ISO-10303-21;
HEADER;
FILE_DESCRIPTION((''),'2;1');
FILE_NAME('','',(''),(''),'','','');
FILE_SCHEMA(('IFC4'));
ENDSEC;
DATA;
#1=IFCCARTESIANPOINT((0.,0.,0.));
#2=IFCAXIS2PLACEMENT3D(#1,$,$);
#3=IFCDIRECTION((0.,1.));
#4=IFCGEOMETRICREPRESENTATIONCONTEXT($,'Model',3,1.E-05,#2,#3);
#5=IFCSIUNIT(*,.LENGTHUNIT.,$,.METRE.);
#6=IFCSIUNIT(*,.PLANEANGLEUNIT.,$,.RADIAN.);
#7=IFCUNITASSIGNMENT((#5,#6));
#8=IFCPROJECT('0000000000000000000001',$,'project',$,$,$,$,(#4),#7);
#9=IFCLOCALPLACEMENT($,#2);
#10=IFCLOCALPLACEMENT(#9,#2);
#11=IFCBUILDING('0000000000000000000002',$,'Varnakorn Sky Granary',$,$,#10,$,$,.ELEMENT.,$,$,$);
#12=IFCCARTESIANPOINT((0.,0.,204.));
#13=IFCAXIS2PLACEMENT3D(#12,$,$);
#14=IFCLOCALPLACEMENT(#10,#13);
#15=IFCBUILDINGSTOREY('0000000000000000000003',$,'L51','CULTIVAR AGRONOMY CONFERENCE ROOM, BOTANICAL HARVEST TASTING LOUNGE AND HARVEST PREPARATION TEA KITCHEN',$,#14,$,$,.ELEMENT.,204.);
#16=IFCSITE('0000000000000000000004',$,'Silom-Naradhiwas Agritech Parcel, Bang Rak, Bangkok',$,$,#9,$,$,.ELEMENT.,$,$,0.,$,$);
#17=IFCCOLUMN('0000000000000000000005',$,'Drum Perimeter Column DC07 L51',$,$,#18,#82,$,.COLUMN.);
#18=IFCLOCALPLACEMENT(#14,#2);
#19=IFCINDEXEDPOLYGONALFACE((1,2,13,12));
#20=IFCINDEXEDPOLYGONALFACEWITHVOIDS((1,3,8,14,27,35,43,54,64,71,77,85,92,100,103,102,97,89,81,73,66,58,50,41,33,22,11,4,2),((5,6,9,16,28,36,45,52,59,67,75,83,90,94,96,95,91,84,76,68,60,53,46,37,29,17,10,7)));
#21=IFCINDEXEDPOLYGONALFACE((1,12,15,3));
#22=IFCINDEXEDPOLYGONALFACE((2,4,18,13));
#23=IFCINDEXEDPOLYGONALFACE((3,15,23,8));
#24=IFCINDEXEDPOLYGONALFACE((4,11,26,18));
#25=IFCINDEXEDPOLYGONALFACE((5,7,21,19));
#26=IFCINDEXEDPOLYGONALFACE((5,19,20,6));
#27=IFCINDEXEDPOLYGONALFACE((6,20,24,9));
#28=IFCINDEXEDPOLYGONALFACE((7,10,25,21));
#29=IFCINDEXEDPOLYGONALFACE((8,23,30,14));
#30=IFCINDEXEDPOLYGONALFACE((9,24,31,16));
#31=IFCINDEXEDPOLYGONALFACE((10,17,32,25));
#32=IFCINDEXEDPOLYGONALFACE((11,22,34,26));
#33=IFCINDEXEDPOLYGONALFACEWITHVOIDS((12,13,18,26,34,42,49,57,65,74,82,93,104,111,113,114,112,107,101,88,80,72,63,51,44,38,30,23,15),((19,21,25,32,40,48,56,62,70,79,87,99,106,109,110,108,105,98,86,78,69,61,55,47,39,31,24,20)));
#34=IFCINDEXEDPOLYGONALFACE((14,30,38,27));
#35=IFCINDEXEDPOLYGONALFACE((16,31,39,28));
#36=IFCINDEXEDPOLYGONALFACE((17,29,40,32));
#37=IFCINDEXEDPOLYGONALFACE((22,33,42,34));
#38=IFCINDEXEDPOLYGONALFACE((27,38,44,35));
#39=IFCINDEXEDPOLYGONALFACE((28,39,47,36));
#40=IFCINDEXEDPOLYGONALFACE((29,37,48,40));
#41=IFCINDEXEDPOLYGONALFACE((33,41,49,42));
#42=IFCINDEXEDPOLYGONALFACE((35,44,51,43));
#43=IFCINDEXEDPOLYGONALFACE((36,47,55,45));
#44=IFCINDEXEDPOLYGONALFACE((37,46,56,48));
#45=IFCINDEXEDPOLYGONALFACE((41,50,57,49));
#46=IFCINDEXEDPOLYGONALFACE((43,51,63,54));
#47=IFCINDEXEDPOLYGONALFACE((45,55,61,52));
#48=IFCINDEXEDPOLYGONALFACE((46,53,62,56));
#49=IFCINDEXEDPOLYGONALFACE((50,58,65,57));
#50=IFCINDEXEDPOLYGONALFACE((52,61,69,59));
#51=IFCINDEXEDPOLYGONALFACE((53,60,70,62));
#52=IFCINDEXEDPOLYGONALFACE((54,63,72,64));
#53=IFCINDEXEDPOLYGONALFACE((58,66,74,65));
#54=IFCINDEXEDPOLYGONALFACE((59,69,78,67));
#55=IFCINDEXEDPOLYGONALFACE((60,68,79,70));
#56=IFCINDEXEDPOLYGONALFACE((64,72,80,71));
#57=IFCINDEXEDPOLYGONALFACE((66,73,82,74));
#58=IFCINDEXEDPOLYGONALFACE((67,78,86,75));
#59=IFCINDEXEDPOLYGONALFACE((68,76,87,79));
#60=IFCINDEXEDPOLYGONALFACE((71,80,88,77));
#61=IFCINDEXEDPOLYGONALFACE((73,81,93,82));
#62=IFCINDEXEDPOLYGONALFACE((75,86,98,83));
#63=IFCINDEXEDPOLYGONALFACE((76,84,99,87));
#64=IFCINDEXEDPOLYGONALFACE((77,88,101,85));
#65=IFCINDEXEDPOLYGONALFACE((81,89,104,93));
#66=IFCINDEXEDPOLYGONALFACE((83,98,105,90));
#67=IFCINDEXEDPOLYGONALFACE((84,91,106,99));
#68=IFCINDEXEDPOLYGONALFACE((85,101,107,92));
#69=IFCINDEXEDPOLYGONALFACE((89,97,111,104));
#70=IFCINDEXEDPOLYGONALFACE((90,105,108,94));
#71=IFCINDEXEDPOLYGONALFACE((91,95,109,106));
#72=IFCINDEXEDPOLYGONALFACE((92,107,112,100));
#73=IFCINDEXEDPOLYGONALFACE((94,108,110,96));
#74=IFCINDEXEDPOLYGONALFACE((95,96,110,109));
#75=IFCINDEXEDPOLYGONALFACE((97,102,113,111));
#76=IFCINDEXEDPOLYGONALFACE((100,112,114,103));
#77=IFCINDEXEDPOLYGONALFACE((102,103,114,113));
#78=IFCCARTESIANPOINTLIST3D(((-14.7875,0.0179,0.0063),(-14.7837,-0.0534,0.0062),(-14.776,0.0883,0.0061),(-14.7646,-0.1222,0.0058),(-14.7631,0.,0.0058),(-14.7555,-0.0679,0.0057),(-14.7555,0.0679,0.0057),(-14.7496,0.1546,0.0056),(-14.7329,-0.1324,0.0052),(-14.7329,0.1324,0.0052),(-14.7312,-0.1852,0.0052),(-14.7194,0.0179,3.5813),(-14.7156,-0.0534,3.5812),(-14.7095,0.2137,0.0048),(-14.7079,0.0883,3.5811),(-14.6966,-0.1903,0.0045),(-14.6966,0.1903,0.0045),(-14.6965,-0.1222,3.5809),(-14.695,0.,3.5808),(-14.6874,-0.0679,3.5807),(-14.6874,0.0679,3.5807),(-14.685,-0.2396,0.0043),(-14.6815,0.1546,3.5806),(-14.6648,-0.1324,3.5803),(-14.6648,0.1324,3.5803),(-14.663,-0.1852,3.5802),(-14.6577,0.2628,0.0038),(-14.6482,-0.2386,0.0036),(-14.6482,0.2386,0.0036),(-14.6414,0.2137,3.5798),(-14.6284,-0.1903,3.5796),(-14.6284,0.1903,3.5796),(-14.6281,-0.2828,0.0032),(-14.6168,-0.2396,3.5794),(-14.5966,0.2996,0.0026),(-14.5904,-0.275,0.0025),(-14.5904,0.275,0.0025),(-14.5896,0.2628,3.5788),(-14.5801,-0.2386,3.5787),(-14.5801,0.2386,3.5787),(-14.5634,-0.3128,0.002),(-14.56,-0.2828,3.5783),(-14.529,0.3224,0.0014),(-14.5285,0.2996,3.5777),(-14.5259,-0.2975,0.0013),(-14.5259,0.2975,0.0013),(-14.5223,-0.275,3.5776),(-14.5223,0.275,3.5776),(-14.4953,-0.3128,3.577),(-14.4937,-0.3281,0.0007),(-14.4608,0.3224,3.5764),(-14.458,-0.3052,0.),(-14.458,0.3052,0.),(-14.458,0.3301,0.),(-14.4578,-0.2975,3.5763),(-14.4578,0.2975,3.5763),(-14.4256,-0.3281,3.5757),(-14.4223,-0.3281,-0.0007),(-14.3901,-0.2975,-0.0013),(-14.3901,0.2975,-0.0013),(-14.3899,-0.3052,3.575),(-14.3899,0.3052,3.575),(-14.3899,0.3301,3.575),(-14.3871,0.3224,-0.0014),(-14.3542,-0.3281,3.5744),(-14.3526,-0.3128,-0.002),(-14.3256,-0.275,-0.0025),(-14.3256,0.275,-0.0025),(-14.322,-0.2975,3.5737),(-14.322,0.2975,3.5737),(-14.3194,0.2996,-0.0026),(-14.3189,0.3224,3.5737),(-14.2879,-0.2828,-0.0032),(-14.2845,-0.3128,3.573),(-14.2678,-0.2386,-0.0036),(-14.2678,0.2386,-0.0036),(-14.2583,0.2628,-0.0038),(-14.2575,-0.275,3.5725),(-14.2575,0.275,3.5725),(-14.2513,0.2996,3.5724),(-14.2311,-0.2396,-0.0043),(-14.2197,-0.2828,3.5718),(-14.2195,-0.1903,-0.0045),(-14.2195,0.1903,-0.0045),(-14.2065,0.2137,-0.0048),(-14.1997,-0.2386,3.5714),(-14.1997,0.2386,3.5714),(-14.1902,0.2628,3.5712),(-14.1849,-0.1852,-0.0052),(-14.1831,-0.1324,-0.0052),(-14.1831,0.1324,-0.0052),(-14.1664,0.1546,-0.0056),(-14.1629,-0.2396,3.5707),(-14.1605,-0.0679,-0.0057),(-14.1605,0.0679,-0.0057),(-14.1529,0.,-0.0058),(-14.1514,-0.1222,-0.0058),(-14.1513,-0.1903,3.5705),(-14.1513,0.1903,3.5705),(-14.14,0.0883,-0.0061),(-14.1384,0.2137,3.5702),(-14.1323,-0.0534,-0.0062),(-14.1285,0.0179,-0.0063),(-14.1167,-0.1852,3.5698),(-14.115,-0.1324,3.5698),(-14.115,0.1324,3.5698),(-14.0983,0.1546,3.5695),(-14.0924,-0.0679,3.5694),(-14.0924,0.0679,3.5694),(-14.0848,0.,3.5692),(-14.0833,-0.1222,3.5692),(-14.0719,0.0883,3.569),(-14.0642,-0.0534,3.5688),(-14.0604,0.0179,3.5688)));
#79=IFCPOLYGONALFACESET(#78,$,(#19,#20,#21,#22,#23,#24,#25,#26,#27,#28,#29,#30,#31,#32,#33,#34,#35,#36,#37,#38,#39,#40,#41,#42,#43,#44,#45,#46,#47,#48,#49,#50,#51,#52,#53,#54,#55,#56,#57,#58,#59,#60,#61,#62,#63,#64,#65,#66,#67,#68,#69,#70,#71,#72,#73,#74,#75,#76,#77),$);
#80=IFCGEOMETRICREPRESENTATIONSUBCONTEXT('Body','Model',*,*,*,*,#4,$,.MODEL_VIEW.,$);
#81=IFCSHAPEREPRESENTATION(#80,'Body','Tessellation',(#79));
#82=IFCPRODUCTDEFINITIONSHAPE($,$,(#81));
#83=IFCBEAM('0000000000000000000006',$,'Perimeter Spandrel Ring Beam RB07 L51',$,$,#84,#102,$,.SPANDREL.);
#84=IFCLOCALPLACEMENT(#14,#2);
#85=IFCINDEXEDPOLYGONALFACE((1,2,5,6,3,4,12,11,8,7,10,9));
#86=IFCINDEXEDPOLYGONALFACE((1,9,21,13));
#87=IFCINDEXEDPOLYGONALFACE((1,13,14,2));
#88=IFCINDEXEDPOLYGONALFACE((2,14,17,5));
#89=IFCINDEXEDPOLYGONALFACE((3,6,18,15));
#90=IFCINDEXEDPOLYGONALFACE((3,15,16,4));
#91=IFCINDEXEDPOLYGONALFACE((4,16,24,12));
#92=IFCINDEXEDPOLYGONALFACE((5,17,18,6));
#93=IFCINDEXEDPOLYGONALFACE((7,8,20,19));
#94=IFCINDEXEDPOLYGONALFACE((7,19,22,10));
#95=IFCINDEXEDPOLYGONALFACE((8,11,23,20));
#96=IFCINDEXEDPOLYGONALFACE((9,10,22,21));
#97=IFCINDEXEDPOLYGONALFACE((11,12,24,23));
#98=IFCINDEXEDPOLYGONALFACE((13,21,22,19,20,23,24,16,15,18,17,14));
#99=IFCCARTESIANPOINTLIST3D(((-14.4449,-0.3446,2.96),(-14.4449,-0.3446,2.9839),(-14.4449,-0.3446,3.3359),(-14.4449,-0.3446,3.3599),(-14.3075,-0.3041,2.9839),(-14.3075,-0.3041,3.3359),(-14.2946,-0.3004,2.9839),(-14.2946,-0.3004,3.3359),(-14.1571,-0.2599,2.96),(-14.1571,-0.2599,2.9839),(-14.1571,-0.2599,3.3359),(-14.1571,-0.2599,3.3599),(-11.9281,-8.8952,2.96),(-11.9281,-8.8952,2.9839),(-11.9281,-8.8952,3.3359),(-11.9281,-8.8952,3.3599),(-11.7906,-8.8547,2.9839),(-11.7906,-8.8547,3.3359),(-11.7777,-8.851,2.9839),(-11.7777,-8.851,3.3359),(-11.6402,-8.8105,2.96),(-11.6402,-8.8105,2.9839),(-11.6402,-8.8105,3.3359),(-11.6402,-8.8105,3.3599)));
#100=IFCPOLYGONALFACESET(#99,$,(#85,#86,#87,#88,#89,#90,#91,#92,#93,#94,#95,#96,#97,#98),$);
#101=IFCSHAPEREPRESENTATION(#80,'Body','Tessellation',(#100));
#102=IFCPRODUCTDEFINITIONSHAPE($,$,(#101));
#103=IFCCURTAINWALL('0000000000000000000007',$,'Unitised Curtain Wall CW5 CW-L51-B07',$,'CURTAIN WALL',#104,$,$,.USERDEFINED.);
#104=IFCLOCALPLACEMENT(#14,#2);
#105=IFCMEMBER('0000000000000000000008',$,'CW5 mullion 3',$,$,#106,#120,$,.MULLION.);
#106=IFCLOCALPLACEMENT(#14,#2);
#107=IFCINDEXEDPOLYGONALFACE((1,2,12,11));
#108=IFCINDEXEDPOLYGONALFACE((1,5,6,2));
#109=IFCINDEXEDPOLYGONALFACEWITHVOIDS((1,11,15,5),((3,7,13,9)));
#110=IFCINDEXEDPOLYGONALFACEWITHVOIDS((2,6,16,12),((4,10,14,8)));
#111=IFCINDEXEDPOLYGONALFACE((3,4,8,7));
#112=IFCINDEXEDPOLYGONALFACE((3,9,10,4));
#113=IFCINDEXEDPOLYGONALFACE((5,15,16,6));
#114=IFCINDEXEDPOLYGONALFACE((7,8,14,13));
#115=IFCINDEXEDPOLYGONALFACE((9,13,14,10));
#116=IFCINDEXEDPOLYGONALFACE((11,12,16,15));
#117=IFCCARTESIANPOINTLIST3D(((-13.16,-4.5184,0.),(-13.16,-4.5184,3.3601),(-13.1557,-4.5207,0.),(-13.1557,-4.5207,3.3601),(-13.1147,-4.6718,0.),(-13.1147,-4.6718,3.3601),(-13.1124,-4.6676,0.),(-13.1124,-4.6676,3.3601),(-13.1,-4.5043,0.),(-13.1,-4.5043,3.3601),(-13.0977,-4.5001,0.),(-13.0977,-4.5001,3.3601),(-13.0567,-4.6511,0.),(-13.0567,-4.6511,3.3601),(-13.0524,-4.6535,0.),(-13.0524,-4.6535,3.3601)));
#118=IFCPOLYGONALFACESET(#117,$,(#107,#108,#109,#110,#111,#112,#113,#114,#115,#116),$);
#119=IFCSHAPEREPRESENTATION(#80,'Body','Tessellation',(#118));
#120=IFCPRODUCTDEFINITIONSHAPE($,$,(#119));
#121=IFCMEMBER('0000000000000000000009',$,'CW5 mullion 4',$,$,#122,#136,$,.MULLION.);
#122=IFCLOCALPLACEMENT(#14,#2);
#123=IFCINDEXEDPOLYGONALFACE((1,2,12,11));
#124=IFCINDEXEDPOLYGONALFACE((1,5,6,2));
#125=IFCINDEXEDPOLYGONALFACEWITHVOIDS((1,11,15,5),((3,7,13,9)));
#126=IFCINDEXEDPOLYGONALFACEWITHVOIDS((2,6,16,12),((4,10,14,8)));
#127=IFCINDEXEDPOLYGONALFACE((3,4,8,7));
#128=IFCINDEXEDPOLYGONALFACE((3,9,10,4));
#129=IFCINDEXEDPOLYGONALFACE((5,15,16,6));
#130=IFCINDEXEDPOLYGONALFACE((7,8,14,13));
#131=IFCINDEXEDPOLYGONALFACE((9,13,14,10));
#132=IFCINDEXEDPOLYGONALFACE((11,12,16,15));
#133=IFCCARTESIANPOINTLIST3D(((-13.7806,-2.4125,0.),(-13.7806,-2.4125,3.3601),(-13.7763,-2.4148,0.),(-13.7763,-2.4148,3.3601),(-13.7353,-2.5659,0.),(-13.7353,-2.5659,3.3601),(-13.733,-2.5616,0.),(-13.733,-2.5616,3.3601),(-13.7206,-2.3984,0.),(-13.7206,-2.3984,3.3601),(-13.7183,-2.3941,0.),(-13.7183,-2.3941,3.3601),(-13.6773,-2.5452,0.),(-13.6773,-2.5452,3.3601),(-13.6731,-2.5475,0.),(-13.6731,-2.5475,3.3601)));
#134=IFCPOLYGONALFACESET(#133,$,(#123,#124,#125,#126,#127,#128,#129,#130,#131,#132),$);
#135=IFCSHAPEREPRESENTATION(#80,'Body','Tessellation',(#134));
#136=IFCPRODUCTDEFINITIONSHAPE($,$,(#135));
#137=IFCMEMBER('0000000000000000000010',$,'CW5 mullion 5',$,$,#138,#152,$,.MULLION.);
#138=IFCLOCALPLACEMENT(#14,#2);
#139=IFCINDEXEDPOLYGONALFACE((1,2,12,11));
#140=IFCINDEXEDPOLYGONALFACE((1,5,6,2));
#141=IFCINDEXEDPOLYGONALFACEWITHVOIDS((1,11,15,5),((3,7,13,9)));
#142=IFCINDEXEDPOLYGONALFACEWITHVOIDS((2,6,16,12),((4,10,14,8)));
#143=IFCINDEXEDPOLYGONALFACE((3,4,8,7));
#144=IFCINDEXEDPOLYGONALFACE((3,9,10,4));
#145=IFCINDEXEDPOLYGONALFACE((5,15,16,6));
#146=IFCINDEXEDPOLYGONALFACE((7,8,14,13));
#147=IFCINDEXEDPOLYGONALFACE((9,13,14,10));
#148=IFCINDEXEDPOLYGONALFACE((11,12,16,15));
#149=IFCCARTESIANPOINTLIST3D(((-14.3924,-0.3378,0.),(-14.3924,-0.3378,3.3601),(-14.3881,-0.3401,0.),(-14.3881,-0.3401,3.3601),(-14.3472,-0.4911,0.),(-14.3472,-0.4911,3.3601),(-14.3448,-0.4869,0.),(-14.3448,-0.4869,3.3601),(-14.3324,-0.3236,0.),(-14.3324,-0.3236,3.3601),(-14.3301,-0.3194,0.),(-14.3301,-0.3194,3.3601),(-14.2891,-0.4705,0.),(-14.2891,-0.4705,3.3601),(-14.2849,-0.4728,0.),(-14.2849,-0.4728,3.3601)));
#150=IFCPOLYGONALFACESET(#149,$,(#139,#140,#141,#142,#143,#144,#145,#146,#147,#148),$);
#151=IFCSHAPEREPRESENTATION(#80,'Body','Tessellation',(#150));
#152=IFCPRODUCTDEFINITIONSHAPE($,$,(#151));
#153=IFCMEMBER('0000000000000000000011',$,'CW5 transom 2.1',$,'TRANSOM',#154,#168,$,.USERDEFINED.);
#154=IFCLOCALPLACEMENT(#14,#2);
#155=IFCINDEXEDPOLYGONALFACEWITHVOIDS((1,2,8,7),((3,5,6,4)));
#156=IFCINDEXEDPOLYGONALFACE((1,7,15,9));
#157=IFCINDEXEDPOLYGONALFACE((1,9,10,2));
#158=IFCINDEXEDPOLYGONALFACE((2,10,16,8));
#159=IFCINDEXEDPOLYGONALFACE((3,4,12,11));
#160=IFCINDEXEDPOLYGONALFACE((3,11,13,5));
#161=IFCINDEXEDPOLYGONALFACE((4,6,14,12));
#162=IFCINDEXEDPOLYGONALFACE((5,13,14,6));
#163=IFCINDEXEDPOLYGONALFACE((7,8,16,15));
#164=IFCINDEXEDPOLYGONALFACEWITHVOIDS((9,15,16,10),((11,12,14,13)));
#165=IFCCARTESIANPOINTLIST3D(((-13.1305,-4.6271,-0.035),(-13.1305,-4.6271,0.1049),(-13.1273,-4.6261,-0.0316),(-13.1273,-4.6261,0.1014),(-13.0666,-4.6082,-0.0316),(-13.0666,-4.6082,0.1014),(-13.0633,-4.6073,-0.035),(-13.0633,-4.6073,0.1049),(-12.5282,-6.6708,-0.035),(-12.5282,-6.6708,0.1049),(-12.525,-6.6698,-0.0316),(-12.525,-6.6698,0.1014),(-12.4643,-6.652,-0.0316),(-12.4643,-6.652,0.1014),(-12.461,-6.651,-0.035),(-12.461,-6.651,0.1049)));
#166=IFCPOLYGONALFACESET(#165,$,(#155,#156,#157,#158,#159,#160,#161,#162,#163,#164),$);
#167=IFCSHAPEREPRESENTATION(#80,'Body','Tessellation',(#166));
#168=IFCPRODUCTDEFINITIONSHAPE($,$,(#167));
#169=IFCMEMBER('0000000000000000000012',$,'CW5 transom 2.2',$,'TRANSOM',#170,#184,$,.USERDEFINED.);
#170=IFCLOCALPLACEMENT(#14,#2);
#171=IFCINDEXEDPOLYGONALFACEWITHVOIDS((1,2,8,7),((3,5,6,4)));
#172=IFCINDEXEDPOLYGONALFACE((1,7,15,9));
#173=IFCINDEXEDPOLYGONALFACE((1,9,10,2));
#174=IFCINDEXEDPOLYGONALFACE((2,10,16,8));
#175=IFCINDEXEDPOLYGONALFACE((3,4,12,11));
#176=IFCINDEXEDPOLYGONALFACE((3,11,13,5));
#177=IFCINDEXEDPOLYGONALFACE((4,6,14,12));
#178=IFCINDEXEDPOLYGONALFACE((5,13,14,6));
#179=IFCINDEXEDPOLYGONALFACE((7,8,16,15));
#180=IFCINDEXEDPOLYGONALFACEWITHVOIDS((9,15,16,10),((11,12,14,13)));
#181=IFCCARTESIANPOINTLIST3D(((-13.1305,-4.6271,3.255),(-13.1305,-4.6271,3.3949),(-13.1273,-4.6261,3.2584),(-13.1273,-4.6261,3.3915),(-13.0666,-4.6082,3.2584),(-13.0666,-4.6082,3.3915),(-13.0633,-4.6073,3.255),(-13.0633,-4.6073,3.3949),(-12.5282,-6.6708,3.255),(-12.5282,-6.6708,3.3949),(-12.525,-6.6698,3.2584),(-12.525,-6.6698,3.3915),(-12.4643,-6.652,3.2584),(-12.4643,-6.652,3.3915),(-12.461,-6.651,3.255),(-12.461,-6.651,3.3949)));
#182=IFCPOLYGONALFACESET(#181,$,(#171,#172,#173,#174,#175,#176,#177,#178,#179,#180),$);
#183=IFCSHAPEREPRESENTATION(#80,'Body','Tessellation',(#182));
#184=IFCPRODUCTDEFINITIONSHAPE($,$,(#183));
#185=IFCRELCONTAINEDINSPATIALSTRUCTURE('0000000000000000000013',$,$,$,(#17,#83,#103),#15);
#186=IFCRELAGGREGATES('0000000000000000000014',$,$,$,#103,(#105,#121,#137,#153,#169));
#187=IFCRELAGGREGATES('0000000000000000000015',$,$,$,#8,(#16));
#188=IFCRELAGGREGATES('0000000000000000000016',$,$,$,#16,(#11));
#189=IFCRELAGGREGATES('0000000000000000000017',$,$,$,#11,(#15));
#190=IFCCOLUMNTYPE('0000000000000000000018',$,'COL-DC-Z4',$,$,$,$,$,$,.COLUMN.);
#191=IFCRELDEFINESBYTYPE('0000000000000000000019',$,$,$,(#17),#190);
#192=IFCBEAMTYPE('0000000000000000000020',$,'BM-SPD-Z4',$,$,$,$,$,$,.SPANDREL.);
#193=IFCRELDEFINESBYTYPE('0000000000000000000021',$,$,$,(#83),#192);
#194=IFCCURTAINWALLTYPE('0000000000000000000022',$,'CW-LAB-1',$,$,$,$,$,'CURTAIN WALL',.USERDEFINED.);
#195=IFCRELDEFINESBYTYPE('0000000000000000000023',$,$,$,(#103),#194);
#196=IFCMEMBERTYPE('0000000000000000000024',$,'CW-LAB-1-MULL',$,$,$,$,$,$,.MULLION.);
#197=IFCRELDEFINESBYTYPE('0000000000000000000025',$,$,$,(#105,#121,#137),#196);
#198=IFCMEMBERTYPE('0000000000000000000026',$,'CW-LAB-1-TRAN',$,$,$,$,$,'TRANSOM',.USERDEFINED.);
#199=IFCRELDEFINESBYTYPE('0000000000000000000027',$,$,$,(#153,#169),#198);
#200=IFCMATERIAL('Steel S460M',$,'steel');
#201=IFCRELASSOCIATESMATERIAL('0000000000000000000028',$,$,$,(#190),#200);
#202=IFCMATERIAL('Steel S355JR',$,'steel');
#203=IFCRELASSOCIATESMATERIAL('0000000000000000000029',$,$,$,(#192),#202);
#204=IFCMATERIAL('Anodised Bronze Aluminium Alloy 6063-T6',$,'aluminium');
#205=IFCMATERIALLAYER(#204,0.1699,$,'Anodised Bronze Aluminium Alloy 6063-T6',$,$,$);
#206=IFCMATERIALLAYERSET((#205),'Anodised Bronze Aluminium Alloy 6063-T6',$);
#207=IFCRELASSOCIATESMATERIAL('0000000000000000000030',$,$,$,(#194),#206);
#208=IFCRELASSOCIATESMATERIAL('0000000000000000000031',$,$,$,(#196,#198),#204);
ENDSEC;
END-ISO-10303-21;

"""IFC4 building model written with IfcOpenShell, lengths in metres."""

from ifc_helpers import new_model, si_unit, direction, frame, origin, origin_2d, place, context, subcontext, project, spatial, hollow_rectangle, hollow_circle, i_section, extrude, material, layer, layer_set, material_profile, profile_set, type_object, element, aggregate, save


model = new_model("IFC4")

# Units and contexts
model_context = context("Model", 3, precision=1e-05, world=origin(), true_north=direction((0.0, 1.0)))
body_context = subcontext(model_context, "Body", "Model", "MODEL_VIEW")
ifc_project = project(units=[si_unit("LENGTHUNIT", "METRE"), si_unit("PLANEANGLEUNIT", "RADIAN")], contexts=[model_context])

# Site, building, storey
site_placement = place(None, origin())
site = spatial("IfcSite", under=ifc_project, at=site_placement, Name="Silom-Naradhiwas Agritech Parcel, Bang Rak, Bangkok", CompositionType="ELEMENT", RefElevation=0.0)
building_placement = place(site_placement, origin())
building = spatial("IfcBuilding", under=site, at=building_placement, Name="Varnakorn Sky Granary", CompositionType="ELEMENT")
storey_placement = place(building_placement, frame((0.0, 0.0, 204.0)))
storey = spatial("IfcBuildingStorey", under=building, at=storey_placement, Name="L51", Description="CULTIVAR AGRONOMY CONFERENCE ROOM, BOTANICAL HARVEST TASTING LOUNGE AND HARVEST PREPARATION TEA KITCHEN", CompositionType="ELEMENT", Elevation=204.0)

# Column
ifc_material_1 = material(Name="Steel S460M", Category="steel")
ifc_material_profile_1 = material_profile(ifc_material_1, hollow_circle(Radius=0.3301, WallThickness=0.0249, at=origin_2d()), Name="CHS 660x25")
ifc_profile_set_1 = profile_set([ifc_material_profile_1], Name="Steel S460M")
column_type = type_object("IfcColumnType", Name="COL-DC-Z4", PredefinedType="COLUMN", material=ifc_profile_set_1)
column_placement = place(storey_placement, frame((-14.458, 0.0, 0.0), z_axis=(0.01905, 0.0, 0.999819), x_axis=(0.0, 1.0, 0.0)))
element("IfcColumn", 1, at=column_placement, inside=storey, type_object=column_type, Name="Drum Perimeter Column DC07 L51", PredefinedType="COLUMN", context=body_context, shape_type="SweptSolid", body=[
    extrude(hollow_circle(Radius=0.3301, WallThickness=0.0249, at=origin_2d()), origin(), (0.0, 0.0, 1.0), 3.5757),
])

# Beam
ifc_material_2 = material(Name="Steel S355JR", Category="steel")
ifc_material_profile_2 = material_profile(ifc_material_2, i_section(OverallWidth=0.3, OverallDepth=0.3999, WebThickness=0.0134, FlangeThickness=0.0239, at=origin_2d()), Name="HE 400 B")
ifc_profile_set_2 = profile_set([ifc_material_profile_2], Name="Steel S355JR")
beam_type = type_object("IfcBeamType", Name="BM-SPD-Z4", PredefinedType="SPANDREL", material=ifc_profile_set_2)
beam_placement = place(storey_placement, frame((-14.301, -0.3022, 3.1599), z_axis=(0.282371, -0.959305, 0.0), x_axis=(0.959305, 0.282371, 0.0)))
element("IfcBeam", 2, at=beam_placement, inside=storey, type_object=beam_type, Name="Perimeter Spandrel Ring Beam RB07 L51", PredefinedType="SPANDREL", context=body_context, shape_type="SweptSolid", body=[
    extrude(i_section(OverallWidth=0.3, OverallDepth=0.3999, WebThickness=0.0134, FlangeThickness=0.0239, at=origin_2d()), origin(), (0.0, 0.0, 1.0), 8.9133),
])

# Curtain wall, members
ifc_material_3 = material(Name="Anodised Bronze Aluminium Alloy 6063-T6", Category="aluminium")
ifc_layer_1 = layer(ifc_material_3, 0.1699, Name="Anodised Bronze Aluminium Alloy 6063-T6")
ifc_layer_set_1 = layer_set([ifc_layer_1], Name="Anodised Bronze Aluminium Alloy 6063-T6")
curtain_wall_type = type_object("IfcCurtainWallType", Name="CW-LAB-1", ElementType="CURTAIN WALL", PredefinedType="USERDEFINED", material=ifc_layer_set_1)
curtain_wall_placement = place(storey_placement, origin())
curtain_wall = element("IfcCurtainWall", 3, at=curtain_wall_placement, inside=storey, type_object=curtain_wall_type, Name="Unitised Curtain Wall CW5 CW-L51-B07", ObjectType="CURTAIN WALL", PredefinedType="USERDEFINED")
ifc_material_profile_3 = material_profile(ifc_material_3, hollow_rectangle(XDim=0.0649, YDim=0.1599, WallThickness=0.0034, at=origin_2d()), Name="ALU MULL 65x160")
ifc_profile_set_3 = profile_set([ifc_material_profile_3], Name="Anodised Bronze Aluminium Alloy 6063-T6")
member_type_1 = type_object("IfcMemberType", Name="CW-LAB-1-MULL", PredefinedType="MULLION", material=ifc_profile_set_3)
member_1_placement = place(storey_placement, frame((-13.1062, -4.5859, 0.0), z_axis=(0.0, 0.0, 1.0), x_axis=(-0.959195, -0.282744, 0.0)))
member_1 = element("IfcMember", 4, at=member_1_placement, type_object=member_type_1, Name="CW5 mullion 3", PredefinedType="MULLION", context=body_context, shape_type="SweptSolid", body=[
    extrude(hollow_rectangle(XDim=0.0649, YDim=0.1599, WallThickness=0.0034, at=origin_2d()), origin(), (0.0, 0.0, 1.0), 3.3601),
])
member_2_placement = place(storey_placement, frame((-13.7268, -2.48, 0.0), z_axis=(0.0, 0.0, 1.0), x_axis=(-0.959195, -0.282744, 0.0)))
member_2 = element("IfcMember", 5, at=member_2_placement, type_object=member_type_1, Name="CW5 mullion 4", PredefinedType="MULLION", context=body_context, shape_type="SweptSolid", body=[
    extrude(hollow_rectangle(XDim=0.0649, YDim=0.1599, WallThickness=0.0034, at=origin_2d()), origin(), (0.0, 0.0, 1.0), 3.3601),
])
member_3_placement = place(storey_placement, frame((-14.3386, -0.4053, 0.0), z_axis=(0.0, 0.0, 1.0), x_axis=(-0.959195, -0.282744, 0.0)))
member_3 = element("IfcMember", 6, at=member_3_placement, type_object=member_type_1, Name="CW5 mullion 5", PredefinedType="MULLION", context=body_context, shape_type="SweptSolid", body=[
    extrude(hollow_rectangle(XDim=0.0649, YDim=0.1599, WallThickness=0.0034, at=origin_2d()), origin(), (0.0, 0.0, 1.0), 3.3601),
])
ifc_material_profile_4 = material_profile(ifc_material_3, hollow_rectangle(XDim=0.0701, YDim=0.1399, WallThickness=0.0034, at=origin_2d()), Name="ALU TRAN 70x140")
ifc_profile_set_4 = profile_set([ifc_material_profile_4], Name="Anodised Bronze Aluminium Alloy 6063-T6")
member_type_2 = type_object("IfcMemberType", Name="CW-LAB-1-TRAN", ElementType="TRANSOM", PredefinedType="USERDEFINED", material=ifc_profile_set_4)
member_4_placement = place(storey_placement, frame((-12.4946, -6.6609, 0.0349), z_axis=(-0.282687, 0.959212, 0.0), x_axis=(-0.959212, -0.282687, 0.0)))
member_4 = element("IfcMember", 7, at=member_4_placement, type_object=member_type_2, Name="CW5 transom 2.1", ObjectType="TRANSOM", PredefinedType="USERDEFINED", context=body_context, shape_type="SweptSolid", body=[
    extrude(hollow_rectangle(XDim=0.0701, YDim=0.1399, WallThickness=0.0034, at=origin_2d()), origin(), (0.0, 0.0, 1.0), 2.1306),
])
member_5_placement = place(storey_placement, frame((-12.4946, -6.6609, 3.325), z_axis=(-0.282687, 0.959212, 0.0), x_axis=(-0.959212, -0.282687, 0.0)))
member_5 = element("IfcMember", 8, at=member_5_placement, type_object=member_type_2, Name="CW5 transom 2.2", ObjectType="TRANSOM", PredefinedType="USERDEFINED", context=body_context, shape_type="SweptSolid", body=[
    extrude(hollow_rectangle(XDim=0.0701, YDim=0.1399, WallThickness=0.0034, at=origin_2d()), origin(), (0.0, 0.0, 1.0), 2.1306),
])

aggregate(curtain_wall, [member_1, member_2, member_3, member_4, member_5])

save(model, "model.ifc")
